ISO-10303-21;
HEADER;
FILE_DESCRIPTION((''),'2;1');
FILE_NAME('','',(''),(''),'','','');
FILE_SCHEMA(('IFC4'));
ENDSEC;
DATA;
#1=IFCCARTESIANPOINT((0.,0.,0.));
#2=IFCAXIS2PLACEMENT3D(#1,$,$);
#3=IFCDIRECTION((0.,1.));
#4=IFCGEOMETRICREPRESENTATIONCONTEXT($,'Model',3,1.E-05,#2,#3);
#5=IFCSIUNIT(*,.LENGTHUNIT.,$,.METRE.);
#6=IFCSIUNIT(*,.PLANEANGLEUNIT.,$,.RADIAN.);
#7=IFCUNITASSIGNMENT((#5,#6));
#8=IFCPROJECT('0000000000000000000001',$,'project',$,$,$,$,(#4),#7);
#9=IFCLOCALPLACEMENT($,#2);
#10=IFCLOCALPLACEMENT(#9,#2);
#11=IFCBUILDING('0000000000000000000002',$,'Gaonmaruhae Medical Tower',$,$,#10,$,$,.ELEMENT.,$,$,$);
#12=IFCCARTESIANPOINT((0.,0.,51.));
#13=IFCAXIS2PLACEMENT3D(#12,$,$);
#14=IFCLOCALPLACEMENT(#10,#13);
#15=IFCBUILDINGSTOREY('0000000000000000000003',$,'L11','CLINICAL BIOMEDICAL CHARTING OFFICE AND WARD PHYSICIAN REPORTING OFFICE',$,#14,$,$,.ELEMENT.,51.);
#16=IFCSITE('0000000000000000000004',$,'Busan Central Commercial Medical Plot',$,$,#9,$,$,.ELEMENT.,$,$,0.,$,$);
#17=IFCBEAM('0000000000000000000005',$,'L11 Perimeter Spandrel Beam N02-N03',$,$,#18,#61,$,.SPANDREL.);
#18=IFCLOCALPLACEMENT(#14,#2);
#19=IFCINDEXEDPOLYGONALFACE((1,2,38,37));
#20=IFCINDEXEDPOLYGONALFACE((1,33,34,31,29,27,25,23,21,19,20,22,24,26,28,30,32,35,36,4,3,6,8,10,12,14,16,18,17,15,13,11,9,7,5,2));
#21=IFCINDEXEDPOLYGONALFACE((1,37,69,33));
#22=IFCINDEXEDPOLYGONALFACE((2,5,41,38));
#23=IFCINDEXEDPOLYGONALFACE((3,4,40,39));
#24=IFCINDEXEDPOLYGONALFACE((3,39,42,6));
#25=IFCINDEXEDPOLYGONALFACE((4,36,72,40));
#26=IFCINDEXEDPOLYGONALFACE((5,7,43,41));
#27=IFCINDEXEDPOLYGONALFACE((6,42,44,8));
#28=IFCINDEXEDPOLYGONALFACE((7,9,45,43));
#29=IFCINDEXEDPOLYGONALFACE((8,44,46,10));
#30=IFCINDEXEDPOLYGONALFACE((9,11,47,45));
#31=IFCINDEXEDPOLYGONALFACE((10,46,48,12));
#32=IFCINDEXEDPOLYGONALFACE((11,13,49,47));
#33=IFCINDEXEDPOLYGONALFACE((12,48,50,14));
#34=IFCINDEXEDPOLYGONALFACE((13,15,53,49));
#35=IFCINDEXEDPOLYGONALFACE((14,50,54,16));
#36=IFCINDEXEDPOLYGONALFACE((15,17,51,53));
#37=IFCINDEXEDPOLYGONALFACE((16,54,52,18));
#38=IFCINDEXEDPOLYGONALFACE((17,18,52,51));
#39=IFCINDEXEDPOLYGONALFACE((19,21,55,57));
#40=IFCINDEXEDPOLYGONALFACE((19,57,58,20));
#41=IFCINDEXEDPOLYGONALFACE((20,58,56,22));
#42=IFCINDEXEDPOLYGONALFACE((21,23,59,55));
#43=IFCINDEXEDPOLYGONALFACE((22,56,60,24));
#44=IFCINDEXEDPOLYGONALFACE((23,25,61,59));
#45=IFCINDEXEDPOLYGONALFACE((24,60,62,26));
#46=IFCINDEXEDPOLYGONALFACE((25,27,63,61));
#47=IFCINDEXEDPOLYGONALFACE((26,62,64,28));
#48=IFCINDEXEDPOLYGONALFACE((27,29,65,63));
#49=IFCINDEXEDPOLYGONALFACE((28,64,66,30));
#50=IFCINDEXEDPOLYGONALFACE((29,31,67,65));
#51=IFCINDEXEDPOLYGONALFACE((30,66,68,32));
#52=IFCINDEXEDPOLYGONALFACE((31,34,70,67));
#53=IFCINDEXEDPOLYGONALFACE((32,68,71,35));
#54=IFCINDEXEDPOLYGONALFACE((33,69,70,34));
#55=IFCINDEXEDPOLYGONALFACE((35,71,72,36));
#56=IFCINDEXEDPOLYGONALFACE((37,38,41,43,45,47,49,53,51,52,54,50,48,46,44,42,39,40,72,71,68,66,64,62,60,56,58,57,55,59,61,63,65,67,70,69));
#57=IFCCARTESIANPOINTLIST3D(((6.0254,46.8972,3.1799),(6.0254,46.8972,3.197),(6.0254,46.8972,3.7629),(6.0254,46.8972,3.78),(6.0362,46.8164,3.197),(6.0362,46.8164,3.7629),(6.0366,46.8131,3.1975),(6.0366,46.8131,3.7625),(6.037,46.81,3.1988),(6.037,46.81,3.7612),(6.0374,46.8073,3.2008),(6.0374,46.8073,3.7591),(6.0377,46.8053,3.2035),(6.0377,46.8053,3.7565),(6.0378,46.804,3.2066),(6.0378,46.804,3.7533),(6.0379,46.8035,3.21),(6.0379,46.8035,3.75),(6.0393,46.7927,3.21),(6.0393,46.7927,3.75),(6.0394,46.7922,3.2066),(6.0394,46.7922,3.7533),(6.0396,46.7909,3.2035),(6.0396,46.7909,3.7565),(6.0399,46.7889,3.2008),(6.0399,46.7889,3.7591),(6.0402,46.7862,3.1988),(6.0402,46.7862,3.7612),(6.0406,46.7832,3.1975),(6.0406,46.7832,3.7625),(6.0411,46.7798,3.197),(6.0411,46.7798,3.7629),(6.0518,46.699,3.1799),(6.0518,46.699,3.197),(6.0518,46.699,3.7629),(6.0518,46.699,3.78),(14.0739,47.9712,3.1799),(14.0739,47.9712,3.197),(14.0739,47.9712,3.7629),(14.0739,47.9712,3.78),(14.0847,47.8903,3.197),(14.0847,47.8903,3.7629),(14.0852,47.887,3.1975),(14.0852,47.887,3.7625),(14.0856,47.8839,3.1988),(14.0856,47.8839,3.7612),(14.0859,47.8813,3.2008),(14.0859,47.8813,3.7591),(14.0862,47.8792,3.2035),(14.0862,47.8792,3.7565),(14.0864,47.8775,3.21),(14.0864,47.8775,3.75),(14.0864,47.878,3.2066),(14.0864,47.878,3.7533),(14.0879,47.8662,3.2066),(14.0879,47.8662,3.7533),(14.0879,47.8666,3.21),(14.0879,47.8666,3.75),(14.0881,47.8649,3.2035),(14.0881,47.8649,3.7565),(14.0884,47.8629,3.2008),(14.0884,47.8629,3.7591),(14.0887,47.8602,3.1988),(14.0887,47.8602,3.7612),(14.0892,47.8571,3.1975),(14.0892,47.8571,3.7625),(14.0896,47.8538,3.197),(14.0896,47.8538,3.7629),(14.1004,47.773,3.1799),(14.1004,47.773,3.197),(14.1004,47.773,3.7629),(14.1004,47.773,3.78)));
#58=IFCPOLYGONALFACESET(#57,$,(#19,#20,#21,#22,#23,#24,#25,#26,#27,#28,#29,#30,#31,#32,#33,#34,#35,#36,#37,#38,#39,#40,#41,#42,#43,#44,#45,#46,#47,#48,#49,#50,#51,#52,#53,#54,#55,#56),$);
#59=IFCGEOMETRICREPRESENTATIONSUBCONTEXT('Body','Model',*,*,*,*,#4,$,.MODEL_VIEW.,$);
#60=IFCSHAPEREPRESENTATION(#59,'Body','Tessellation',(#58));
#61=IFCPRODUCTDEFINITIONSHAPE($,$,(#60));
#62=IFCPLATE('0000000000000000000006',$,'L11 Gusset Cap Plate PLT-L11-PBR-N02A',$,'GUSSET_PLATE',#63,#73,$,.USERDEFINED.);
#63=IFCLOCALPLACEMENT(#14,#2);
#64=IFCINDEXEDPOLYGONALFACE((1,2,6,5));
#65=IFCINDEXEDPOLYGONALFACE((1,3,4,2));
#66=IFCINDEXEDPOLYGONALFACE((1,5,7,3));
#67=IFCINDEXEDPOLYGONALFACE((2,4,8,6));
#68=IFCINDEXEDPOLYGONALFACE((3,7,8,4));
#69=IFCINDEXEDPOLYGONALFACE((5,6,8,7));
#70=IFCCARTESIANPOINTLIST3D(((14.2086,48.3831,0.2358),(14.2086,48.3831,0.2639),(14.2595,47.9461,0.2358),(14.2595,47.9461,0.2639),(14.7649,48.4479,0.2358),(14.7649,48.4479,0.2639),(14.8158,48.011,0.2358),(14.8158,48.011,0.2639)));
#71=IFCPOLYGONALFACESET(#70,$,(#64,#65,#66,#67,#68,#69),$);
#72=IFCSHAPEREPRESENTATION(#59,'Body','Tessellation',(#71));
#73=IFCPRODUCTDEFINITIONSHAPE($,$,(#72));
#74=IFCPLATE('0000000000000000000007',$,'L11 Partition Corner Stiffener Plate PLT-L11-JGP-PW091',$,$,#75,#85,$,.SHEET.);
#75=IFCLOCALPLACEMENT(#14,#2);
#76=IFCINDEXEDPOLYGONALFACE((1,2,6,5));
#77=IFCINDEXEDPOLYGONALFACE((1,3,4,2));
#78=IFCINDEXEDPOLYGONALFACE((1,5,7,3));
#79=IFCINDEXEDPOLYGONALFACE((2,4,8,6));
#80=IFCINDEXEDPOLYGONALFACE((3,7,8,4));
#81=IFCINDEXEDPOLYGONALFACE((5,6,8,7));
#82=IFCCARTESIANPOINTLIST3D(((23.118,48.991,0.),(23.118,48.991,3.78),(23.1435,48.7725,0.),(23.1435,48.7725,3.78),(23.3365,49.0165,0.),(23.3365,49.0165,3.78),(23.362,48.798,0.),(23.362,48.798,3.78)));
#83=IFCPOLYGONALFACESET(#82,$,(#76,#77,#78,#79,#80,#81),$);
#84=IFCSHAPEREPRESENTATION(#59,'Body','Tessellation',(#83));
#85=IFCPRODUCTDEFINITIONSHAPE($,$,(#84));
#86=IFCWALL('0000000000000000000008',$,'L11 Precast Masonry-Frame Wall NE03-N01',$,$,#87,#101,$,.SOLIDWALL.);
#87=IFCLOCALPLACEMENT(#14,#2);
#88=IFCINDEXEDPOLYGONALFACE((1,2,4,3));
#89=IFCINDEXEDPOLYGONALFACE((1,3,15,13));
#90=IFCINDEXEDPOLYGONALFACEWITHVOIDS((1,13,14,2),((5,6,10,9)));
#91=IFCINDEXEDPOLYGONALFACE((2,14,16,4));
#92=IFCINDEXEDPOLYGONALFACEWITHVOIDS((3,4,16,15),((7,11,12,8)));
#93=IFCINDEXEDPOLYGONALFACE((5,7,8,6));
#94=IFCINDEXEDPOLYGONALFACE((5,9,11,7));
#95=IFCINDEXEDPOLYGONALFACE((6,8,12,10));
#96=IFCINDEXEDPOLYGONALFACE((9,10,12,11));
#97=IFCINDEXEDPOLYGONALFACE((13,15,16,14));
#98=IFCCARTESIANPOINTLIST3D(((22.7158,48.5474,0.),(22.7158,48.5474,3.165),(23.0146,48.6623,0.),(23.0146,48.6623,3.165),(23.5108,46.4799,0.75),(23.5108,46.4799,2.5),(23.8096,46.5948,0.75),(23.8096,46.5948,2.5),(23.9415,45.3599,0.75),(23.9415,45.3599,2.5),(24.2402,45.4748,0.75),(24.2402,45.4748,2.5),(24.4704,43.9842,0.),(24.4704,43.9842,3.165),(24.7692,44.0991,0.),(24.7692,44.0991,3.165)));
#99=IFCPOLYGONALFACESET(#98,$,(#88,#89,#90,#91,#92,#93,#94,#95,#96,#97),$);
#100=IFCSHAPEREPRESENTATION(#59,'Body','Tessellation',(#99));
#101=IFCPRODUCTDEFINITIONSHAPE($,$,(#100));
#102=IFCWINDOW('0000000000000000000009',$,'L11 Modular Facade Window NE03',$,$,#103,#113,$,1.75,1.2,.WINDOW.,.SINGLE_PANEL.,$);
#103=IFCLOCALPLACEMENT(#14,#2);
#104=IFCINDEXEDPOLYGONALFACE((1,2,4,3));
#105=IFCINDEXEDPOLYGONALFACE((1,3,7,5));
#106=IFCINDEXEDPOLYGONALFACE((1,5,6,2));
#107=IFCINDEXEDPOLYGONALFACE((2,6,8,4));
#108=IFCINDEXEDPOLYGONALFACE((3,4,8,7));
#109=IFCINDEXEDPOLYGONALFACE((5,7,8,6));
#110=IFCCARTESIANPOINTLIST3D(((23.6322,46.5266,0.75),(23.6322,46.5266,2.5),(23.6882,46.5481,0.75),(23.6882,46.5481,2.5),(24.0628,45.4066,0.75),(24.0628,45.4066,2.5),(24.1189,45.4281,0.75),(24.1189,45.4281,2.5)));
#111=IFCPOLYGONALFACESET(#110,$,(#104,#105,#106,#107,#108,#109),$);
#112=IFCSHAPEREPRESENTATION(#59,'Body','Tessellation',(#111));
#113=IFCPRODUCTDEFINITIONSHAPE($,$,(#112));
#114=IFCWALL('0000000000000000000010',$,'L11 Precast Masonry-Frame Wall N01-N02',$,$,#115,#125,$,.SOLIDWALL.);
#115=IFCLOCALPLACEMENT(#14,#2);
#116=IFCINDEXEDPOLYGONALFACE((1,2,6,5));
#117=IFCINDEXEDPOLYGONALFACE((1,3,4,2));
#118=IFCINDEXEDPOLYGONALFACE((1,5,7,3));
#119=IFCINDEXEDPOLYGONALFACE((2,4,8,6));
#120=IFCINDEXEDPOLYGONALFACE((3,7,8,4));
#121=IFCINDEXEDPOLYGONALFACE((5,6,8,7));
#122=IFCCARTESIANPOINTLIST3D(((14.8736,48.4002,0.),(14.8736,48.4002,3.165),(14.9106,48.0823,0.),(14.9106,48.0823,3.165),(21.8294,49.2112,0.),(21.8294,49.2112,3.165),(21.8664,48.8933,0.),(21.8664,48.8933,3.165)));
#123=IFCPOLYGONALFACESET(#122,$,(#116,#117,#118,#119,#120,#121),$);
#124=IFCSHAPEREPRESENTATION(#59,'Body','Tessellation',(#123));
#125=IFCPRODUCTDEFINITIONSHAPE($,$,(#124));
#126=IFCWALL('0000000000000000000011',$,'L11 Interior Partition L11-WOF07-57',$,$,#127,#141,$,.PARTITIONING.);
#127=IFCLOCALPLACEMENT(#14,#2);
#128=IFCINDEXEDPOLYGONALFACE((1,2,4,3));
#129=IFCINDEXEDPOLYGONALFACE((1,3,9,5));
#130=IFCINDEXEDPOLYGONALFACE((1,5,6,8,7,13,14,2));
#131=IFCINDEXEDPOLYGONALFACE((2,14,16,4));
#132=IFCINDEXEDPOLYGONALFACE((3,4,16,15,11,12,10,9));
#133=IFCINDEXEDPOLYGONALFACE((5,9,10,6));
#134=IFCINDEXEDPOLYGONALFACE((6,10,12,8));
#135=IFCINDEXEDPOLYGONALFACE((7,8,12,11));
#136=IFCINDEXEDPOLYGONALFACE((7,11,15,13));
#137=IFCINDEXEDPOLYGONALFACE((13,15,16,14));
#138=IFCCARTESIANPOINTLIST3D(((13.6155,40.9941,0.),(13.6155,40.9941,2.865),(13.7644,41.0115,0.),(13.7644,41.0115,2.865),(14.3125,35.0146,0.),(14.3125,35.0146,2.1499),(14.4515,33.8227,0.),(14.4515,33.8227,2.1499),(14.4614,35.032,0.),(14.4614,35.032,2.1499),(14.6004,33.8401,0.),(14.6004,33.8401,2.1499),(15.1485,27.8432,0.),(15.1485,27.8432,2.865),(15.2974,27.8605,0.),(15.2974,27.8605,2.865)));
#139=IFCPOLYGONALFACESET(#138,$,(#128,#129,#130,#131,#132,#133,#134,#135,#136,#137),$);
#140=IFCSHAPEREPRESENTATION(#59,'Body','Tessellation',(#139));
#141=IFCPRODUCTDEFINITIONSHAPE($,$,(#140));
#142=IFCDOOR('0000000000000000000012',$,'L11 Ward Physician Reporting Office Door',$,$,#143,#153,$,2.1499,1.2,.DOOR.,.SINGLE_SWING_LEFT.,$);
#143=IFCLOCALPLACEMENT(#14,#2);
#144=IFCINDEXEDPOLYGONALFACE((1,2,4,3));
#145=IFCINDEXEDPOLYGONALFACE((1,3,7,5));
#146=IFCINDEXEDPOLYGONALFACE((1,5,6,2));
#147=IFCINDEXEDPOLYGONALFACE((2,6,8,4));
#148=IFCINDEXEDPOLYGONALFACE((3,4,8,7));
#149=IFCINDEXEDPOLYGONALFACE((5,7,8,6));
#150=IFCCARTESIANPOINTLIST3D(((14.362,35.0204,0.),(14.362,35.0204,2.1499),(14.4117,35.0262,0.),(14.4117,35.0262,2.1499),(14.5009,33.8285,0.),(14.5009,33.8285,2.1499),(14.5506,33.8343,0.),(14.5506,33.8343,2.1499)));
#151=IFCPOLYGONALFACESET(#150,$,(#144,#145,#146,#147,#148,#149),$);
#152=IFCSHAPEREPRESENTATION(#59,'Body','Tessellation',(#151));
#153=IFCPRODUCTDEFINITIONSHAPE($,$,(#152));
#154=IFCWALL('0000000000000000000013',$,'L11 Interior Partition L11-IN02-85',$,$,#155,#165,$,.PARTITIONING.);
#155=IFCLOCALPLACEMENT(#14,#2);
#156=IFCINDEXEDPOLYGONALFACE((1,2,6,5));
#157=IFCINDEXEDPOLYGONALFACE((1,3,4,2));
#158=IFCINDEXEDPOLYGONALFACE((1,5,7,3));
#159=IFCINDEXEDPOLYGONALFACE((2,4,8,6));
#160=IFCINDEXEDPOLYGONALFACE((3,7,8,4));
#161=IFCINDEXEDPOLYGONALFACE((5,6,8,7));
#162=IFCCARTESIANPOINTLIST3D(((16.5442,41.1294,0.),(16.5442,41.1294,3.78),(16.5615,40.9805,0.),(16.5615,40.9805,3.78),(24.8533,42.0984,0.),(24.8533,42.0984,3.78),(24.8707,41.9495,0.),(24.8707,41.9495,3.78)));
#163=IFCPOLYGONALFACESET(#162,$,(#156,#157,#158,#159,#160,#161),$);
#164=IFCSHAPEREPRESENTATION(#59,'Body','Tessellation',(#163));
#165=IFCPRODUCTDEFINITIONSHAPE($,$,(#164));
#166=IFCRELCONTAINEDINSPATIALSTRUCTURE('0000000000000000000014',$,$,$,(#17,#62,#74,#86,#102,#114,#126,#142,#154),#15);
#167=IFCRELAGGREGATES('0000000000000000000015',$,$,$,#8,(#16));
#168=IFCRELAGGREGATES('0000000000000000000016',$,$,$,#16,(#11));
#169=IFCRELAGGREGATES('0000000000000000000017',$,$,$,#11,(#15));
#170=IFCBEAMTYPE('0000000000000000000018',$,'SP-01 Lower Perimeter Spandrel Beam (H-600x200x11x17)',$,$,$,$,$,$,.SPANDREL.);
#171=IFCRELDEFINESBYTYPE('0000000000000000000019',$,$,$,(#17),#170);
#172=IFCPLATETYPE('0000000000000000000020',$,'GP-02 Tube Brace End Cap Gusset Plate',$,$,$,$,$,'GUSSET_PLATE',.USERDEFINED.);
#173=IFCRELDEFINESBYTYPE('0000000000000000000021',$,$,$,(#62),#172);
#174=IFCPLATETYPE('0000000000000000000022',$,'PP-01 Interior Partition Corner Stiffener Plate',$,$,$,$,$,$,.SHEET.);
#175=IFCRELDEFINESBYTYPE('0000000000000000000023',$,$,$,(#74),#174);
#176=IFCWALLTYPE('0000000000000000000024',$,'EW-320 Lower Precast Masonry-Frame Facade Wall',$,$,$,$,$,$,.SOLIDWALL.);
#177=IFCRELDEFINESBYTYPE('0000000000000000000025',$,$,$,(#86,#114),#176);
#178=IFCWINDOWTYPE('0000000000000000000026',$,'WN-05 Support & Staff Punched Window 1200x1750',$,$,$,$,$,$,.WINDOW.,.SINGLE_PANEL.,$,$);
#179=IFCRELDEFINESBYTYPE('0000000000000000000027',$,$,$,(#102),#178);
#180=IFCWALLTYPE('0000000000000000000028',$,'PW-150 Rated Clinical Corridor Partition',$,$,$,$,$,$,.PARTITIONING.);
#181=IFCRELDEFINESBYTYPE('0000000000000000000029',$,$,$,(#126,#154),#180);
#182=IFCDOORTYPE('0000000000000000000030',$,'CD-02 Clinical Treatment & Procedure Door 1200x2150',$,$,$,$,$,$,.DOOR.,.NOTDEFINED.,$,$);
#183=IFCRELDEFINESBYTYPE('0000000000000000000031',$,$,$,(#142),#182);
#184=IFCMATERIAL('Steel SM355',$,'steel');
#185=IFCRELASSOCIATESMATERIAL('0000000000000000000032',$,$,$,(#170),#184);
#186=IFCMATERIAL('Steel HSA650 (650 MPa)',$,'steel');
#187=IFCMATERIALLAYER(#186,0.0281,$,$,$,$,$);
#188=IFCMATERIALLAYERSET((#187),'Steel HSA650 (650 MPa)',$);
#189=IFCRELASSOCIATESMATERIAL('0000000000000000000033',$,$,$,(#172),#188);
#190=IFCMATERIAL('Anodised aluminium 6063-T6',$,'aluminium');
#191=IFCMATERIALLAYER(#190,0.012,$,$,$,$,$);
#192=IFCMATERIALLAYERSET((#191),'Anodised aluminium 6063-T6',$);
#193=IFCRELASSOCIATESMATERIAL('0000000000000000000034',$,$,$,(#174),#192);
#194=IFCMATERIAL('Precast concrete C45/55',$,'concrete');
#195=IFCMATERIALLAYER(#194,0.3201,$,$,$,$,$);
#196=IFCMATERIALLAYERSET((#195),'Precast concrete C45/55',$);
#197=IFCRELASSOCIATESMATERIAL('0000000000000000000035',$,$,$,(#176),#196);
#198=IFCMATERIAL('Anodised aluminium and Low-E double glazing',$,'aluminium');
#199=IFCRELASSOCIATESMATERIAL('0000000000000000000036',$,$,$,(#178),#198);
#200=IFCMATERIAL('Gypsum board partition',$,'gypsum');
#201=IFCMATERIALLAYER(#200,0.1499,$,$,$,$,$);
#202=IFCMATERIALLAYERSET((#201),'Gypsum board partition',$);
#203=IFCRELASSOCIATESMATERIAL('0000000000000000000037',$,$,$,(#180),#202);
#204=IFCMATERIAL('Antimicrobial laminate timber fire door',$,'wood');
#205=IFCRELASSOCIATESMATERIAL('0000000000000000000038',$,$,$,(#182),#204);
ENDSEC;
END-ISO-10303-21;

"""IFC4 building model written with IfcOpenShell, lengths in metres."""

from ifc_helpers import new_model, si_unit, direction, frame, frame_2d, origin, origin_2d, place, context, subcontext, project, spatial, rectangle, i_section, extrude, material, layer, layer_set, material_profile, profile_set, type_object, element, fill, save


model = new_model("IFC4")

# Units and contexts
model_context = context("Model", 3, precision=1e-05, world=origin(), true_north=direction((0.0, 1.0)))
body_context = subcontext(model_context, "Body", "Model", "MODEL_VIEW")
ifc_project = project(units=[si_unit("LENGTHUNIT", "METRE"), si_unit("PLANEANGLEUNIT", "RADIAN")], contexts=[model_context])

# Site, building, storey
site_placement = place(None, origin())
site = spatial("IfcSite", under=ifc_project, at=site_placement, Name="Busan Central Commercial Medical Plot", CompositionType="ELEMENT", RefElevation=0.0)
building_placement = place(site_placement, origin())
building = spatial("IfcBuilding", under=site, at=building_placement, Name="Gaonmaruhae Medical Tower", CompositionType="ELEMENT")
storey_placement = place(building_placement, frame((0.0, 0.0, 51.0)))
storey = spatial("IfcBuildingStorey", under=building, at=storey_placement, Name="L11", Description="CLINICAL BIOMEDICAL CHARTING OFFICE AND WARD PHYSICIAN REPORTING OFFICE", CompositionType="ELEMENT", Elevation=51.0)

# Beam
ifc_material_1 = material(Name="Steel SM355", Category="steel")
ifc_material_profile_1 = material_profile(ifc_material_1, i_section(OverallWidth=0.2, OverallDepth=0.6001, WebThickness=0.011, FlangeThickness=0.0171, FilletRadius=0.0129, at=origin_2d()), Name="H-600x200x11x17")
ifc_profile_set_1 = profile_set([ifc_material_profile_1], Name="Steel SM355")
beam_type = type_object("IfcBeamType", Name="SP-01 Lower Perimeter Spandrel Beam (H-600x200x11x17)", PredefinedType="SPANDREL", material=ifc_profile_set_1)
for number, where, z_axis, x_axis, name in (
    (1, (14.0872, 47.8721, 3.48), (-0.991215, -0.132264, 0.0), (0.132264, -0.991215, 0.0), "L11 Perimeter Spandrel Beam N02-N03"),
):
    element("IfcBeam", number, at=place(storey_placement, frame(where, z_axis=z_axis, x_axis=x_axis)), inside=storey, type_object=beam_type, Name=name, PredefinedType="SPANDREL", context=body_context, shape_type="SweptSolid", body=[
        extrude(i_section(OverallWidth=0.2, OverallDepth=0.6001, WebThickness=0.011, FlangeThickness=0.0171, FilletRadius=0.0129, at=origin_2d()), origin(), (0.0, 0.0, 1.0), 8.1199),
    ])

# Plates
ifc_material_2 = material(Name="Steel HSA650 (650 MPa)", Category="steel")
ifc_layer_1 = layer(ifc_material_2, 0.0281)
ifc_layer_set_1 = layer_set([ifc_layer_1], Name="Steel HSA650 (650 MPa)")
plate_type_1 = type_object("IfcPlateType", Name="GP-02 Tube Brace End Cap Gusset Plate", ElementType="GUSSET_PLATE", PredefinedType="USERDEFINED", material=ifc_layer_set_1)
plate_1_placement = place(storey_placement, frame((14.5122, 48.197, 0.2358), z_axis=(0.0, 0.0, 1.0), x_axis=(0.993272, 0.115804, 0.0)))
element("IfcPlate", 2, at=plate_1_placement, inside=storey, type_object=plate_type_1, Name="L11 Gusset Cap Plate PLT-L11-PBR-N02A", ObjectType="GUSSET_PLATE", PredefinedType="USERDEFINED", context=body_context, shape_type="SweptSolid", body=[
    extrude(rectangle(XDim=0.5601, YDim=0.4399, at=origin_2d()), origin(), (0.0, 0.0, 1.0), 0.0281),
])
ifc_material_3 = material(Name="Anodised aluminium 6063-T6", Category="aluminium")
ifc_layer_2 = layer(ifc_material_3, 0.012)
ifc_layer_set_2 = layer_set([ifc_layer_2], Name="Anodised aluminium 6063-T6")
plate_type_2 = type_object("IfcPlateType", Name="PP-01 Interior Partition Corner Stiffener Plate", PredefinedType="SHEET", material=ifc_layer_set_2)
plate_2_placement = place(storey_placement, frame((23.24, 48.8945, 0.0), z_axis=(0.0, 0.0, 1.0), x_axis=(0.115821, -0.99327, 0.0)))
element("IfcPlate", 3, at=plate_2_placement, inside=storey, type_object=plate_type_2, Name="L11 Partition Corner Stiffener Plate PLT-L11-JGP-PW091", PredefinedType="SHEET", context=body_context, shape_type="SweptSolid", body=[
    extrude(rectangle(XDim=0.22, YDim=0.22, at=origin_2d()), origin(), (0.0, 0.0, 1.0), 3.78),
])

# Wall, opening, window
ifc_material_4 = material(Name="Precast concrete C45/55", Category="concrete")
ifc_layer_3 = layer(ifc_material_4, 0.3201)
ifc_layer_set_3 = layer_set([ifc_layer_3], Name="Precast concrete C45/55")
wall_type_1 = type_object("IfcWallType", Name="EW-320 Lower Precast Masonry-Frame Facade Wall", PredefinedType="SOLIDWALL", material=ifc_layer_set_3)
wall_1_placement = place(storey_placement, frame((22.8652, 48.6047, 0.0), z_axis=(0.0, 0.0, 1.0), x_axis=(0.358899, -0.933376, 0.0)))
wall_1 = element("IfcWall", 4, at=wall_1_placement, inside=storey, type_object=wall_type_1, Name="L11 Precast Masonry-Frame Wall NE03-N01", PredefinedType="SOLIDWALL", context=body_context, shape_type="SweptSolid", body=[
    extrude(rectangle(XDim=4.8889, YDim=0.3201, at=frame_2d((2.4443, 0.0))), origin(), (0.0, 0.0, 1.0), 3.165),
])
opening_1_placement = place(wall_1_placement, frame((2.2148, 0.0, 0.75)))
opening_1 = element("IfcOpeningElement", 5, at=opening_1_placement, cuts=wall_1, PredefinedType="OPENING", context=body_context, shape_type="SweptSolid", body=[
    extrude(rectangle(XDim=1.2, YDim=1.75, at=frame_2d((0.6001, 0.875))), frame((0.0, 0.1699, 0.0), z_axis=(0.0, -1.0, 0.0), x_axis=(1.0, 0.0, 0.0)), (0.0, 0.0, 1.0), 0.3401),
])
ifc_material_5 = material(Name="Anodised aluminium and Low-E double glazing", Category="aluminium")
window_type = type_object("IfcWindowType", Name="WN-05 Support & Staff Punched Window 1200x1750", PartitioningType="SINGLE_PANEL", PredefinedType="WINDOW", material=ifc_material_5)
window_placement = place(opening_1_placement, origin())
window = element("IfcWindow", 6, at=window_placement, inside=storey, type_object=window_type, Name="L11 Modular Facade Window NE03", OverallHeight=1.75, OverallWidth=1.2, PartitioningType="SINGLE_PANEL", PredefinedType="WINDOW", context=body_context, shape_type="SweptSolid", body=[
    extrude(rectangle(XDim=1.2, YDim=1.75, at=frame_2d((0.6001, 0.875))), frame((0.0, 0.03, 0.0), z_axis=(0.0, -1.0, 0.0), x_axis=(1.0, 0.0, 0.0)), (0.0, 0.0, 1.0), 0.0601),
])
fill(opening_1, window)

# Wall
wall_2_placement = place(storey_placement, frame((14.8921, 48.2412, 0.0), z_axis=(0.0, 0.0, 1.0), x_axis=(0.993271, 0.115814, 0.0)))
element("IfcWall", 7, at=wall_2_placement, inside=storey, type_object=wall_type_1, Name="L11 Precast Masonry-Frame Wall N01-N02", PredefinedType="SOLIDWALL", context=body_context, shape_type="SweptSolid", body=[
    extrude(rectangle(XDim=7.0029, YDim=0.3201, at=frame_2d((3.5015, 0.0))), origin(), (0.0, 0.0, 1.0), 3.165),
])

# Wall, opening, door
ifc_material_6 = material(Name="Gypsum board partition", Category="gypsum")
ifc_layer_4 = layer(ifc_material_6, 0.1499)
ifc_layer_set_4 = layer_set([ifc_layer_4], Name="Gypsum board partition")
wall_type_2 = type_object("IfcWallType", Name="PW-150 Rated Clinical Corridor Partition", PredefinedType="PARTITIONING", material=ifc_layer_set_4)
wall_3_placement = place(storey_placement, frame((13.6899, 41.0029, 0.0), z_axis=(0.0, 0.0, 1.0), x_axis=(0.115783, -0.993275, 0.0)))
wall_3 = element("IfcWall", 8, at=wall_3_placement, inside=storey, type_object=wall_type_2, Name="L11 Interior Partition L11-WOF07-57", PredefinedType="PARTITIONING", context=body_context, shape_type="SweptSolid", body=[
    extrude(rectangle(XDim=13.24, YDim=0.1499, at=frame_2d((6.6201, 0.0))), origin(), (0.0, 0.0, 1.0), 2.865),
])
opening_2_placement = place(wall_3_placement, frame((6.02, 0.0, 0.0)))
opening_2 = element("IfcOpeningElement", 9, at=opening_2_placement, cuts=wall_3, PredefinedType="OPENING", context=body_context, shape_type="SweptSolid", body=[
    extrude(rectangle(XDim=1.2, YDim=2.1499, at=frame_2d((0.6001, 1.075))), frame((0.0, 0.085, 0.0), z_axis=(0.0, -1.0, 0.0), x_axis=(1.0, 0.0, 0.0)), (0.0, 0.0, 1.0), 0.1699),
])
ifc_material_7 = material(Name="Antimicrobial laminate timber fire door", Category="wood")
door_type_1 = type_object("IfcDoorType", Name="CD-02 Clinical Treatment & Procedure Door 1200x2150", OperationType="NOTDEFINED", PredefinedType="DOOR", material=ifc_material_7)
door_1_placement = place(opening_2_placement, origin())
door_1 = element("IfcDoor", 10, at=door_1_placement, inside=storey, type_object=door_type_1, Name="L11 Ward Physician Reporting Office Door", OperationType="SINGLE_SWING_LEFT", OverallHeight=2.1499, OverallWidth=1.2, PredefinedType="DOOR", context=body_context, shape_type="SweptSolid", body=[
    extrude(rectangle(XDim=1.2, YDim=2.1499, at=frame_2d((0.6001, 1.075))), frame((0.0, 0.0249, 0.0), z_axis=(0.0, -1.0, 0.0), x_axis=(1.0, 0.0, 0.0)), (0.0, 0.0, 1.0), 0.05),
])
fill(opening_2, door_1)

# Wall
wall_4_placement = place(storey_placement, frame((16.553, 41.0549, 0.0), z_axis=(0.0, 0.0, 1.0), x_axis=(0.993269, 0.115834, 0.0)))
element("IfcWall", 11, at=wall_4_placement, inside=storey, type_object=wall_type_2, Name="L11 Interior Partition L11-IN02-85", PredefinedType="PARTITIONING", context=body_context, shape_type="SweptSolid", body=[
    extrude(rectangle(XDim=8.3655, YDim=0.1499, at=frame_2d((4.1826, 0.0))), origin(), (0.0, 0.0, 1.0), 3.78),
])

save(model, "model.ifc")
